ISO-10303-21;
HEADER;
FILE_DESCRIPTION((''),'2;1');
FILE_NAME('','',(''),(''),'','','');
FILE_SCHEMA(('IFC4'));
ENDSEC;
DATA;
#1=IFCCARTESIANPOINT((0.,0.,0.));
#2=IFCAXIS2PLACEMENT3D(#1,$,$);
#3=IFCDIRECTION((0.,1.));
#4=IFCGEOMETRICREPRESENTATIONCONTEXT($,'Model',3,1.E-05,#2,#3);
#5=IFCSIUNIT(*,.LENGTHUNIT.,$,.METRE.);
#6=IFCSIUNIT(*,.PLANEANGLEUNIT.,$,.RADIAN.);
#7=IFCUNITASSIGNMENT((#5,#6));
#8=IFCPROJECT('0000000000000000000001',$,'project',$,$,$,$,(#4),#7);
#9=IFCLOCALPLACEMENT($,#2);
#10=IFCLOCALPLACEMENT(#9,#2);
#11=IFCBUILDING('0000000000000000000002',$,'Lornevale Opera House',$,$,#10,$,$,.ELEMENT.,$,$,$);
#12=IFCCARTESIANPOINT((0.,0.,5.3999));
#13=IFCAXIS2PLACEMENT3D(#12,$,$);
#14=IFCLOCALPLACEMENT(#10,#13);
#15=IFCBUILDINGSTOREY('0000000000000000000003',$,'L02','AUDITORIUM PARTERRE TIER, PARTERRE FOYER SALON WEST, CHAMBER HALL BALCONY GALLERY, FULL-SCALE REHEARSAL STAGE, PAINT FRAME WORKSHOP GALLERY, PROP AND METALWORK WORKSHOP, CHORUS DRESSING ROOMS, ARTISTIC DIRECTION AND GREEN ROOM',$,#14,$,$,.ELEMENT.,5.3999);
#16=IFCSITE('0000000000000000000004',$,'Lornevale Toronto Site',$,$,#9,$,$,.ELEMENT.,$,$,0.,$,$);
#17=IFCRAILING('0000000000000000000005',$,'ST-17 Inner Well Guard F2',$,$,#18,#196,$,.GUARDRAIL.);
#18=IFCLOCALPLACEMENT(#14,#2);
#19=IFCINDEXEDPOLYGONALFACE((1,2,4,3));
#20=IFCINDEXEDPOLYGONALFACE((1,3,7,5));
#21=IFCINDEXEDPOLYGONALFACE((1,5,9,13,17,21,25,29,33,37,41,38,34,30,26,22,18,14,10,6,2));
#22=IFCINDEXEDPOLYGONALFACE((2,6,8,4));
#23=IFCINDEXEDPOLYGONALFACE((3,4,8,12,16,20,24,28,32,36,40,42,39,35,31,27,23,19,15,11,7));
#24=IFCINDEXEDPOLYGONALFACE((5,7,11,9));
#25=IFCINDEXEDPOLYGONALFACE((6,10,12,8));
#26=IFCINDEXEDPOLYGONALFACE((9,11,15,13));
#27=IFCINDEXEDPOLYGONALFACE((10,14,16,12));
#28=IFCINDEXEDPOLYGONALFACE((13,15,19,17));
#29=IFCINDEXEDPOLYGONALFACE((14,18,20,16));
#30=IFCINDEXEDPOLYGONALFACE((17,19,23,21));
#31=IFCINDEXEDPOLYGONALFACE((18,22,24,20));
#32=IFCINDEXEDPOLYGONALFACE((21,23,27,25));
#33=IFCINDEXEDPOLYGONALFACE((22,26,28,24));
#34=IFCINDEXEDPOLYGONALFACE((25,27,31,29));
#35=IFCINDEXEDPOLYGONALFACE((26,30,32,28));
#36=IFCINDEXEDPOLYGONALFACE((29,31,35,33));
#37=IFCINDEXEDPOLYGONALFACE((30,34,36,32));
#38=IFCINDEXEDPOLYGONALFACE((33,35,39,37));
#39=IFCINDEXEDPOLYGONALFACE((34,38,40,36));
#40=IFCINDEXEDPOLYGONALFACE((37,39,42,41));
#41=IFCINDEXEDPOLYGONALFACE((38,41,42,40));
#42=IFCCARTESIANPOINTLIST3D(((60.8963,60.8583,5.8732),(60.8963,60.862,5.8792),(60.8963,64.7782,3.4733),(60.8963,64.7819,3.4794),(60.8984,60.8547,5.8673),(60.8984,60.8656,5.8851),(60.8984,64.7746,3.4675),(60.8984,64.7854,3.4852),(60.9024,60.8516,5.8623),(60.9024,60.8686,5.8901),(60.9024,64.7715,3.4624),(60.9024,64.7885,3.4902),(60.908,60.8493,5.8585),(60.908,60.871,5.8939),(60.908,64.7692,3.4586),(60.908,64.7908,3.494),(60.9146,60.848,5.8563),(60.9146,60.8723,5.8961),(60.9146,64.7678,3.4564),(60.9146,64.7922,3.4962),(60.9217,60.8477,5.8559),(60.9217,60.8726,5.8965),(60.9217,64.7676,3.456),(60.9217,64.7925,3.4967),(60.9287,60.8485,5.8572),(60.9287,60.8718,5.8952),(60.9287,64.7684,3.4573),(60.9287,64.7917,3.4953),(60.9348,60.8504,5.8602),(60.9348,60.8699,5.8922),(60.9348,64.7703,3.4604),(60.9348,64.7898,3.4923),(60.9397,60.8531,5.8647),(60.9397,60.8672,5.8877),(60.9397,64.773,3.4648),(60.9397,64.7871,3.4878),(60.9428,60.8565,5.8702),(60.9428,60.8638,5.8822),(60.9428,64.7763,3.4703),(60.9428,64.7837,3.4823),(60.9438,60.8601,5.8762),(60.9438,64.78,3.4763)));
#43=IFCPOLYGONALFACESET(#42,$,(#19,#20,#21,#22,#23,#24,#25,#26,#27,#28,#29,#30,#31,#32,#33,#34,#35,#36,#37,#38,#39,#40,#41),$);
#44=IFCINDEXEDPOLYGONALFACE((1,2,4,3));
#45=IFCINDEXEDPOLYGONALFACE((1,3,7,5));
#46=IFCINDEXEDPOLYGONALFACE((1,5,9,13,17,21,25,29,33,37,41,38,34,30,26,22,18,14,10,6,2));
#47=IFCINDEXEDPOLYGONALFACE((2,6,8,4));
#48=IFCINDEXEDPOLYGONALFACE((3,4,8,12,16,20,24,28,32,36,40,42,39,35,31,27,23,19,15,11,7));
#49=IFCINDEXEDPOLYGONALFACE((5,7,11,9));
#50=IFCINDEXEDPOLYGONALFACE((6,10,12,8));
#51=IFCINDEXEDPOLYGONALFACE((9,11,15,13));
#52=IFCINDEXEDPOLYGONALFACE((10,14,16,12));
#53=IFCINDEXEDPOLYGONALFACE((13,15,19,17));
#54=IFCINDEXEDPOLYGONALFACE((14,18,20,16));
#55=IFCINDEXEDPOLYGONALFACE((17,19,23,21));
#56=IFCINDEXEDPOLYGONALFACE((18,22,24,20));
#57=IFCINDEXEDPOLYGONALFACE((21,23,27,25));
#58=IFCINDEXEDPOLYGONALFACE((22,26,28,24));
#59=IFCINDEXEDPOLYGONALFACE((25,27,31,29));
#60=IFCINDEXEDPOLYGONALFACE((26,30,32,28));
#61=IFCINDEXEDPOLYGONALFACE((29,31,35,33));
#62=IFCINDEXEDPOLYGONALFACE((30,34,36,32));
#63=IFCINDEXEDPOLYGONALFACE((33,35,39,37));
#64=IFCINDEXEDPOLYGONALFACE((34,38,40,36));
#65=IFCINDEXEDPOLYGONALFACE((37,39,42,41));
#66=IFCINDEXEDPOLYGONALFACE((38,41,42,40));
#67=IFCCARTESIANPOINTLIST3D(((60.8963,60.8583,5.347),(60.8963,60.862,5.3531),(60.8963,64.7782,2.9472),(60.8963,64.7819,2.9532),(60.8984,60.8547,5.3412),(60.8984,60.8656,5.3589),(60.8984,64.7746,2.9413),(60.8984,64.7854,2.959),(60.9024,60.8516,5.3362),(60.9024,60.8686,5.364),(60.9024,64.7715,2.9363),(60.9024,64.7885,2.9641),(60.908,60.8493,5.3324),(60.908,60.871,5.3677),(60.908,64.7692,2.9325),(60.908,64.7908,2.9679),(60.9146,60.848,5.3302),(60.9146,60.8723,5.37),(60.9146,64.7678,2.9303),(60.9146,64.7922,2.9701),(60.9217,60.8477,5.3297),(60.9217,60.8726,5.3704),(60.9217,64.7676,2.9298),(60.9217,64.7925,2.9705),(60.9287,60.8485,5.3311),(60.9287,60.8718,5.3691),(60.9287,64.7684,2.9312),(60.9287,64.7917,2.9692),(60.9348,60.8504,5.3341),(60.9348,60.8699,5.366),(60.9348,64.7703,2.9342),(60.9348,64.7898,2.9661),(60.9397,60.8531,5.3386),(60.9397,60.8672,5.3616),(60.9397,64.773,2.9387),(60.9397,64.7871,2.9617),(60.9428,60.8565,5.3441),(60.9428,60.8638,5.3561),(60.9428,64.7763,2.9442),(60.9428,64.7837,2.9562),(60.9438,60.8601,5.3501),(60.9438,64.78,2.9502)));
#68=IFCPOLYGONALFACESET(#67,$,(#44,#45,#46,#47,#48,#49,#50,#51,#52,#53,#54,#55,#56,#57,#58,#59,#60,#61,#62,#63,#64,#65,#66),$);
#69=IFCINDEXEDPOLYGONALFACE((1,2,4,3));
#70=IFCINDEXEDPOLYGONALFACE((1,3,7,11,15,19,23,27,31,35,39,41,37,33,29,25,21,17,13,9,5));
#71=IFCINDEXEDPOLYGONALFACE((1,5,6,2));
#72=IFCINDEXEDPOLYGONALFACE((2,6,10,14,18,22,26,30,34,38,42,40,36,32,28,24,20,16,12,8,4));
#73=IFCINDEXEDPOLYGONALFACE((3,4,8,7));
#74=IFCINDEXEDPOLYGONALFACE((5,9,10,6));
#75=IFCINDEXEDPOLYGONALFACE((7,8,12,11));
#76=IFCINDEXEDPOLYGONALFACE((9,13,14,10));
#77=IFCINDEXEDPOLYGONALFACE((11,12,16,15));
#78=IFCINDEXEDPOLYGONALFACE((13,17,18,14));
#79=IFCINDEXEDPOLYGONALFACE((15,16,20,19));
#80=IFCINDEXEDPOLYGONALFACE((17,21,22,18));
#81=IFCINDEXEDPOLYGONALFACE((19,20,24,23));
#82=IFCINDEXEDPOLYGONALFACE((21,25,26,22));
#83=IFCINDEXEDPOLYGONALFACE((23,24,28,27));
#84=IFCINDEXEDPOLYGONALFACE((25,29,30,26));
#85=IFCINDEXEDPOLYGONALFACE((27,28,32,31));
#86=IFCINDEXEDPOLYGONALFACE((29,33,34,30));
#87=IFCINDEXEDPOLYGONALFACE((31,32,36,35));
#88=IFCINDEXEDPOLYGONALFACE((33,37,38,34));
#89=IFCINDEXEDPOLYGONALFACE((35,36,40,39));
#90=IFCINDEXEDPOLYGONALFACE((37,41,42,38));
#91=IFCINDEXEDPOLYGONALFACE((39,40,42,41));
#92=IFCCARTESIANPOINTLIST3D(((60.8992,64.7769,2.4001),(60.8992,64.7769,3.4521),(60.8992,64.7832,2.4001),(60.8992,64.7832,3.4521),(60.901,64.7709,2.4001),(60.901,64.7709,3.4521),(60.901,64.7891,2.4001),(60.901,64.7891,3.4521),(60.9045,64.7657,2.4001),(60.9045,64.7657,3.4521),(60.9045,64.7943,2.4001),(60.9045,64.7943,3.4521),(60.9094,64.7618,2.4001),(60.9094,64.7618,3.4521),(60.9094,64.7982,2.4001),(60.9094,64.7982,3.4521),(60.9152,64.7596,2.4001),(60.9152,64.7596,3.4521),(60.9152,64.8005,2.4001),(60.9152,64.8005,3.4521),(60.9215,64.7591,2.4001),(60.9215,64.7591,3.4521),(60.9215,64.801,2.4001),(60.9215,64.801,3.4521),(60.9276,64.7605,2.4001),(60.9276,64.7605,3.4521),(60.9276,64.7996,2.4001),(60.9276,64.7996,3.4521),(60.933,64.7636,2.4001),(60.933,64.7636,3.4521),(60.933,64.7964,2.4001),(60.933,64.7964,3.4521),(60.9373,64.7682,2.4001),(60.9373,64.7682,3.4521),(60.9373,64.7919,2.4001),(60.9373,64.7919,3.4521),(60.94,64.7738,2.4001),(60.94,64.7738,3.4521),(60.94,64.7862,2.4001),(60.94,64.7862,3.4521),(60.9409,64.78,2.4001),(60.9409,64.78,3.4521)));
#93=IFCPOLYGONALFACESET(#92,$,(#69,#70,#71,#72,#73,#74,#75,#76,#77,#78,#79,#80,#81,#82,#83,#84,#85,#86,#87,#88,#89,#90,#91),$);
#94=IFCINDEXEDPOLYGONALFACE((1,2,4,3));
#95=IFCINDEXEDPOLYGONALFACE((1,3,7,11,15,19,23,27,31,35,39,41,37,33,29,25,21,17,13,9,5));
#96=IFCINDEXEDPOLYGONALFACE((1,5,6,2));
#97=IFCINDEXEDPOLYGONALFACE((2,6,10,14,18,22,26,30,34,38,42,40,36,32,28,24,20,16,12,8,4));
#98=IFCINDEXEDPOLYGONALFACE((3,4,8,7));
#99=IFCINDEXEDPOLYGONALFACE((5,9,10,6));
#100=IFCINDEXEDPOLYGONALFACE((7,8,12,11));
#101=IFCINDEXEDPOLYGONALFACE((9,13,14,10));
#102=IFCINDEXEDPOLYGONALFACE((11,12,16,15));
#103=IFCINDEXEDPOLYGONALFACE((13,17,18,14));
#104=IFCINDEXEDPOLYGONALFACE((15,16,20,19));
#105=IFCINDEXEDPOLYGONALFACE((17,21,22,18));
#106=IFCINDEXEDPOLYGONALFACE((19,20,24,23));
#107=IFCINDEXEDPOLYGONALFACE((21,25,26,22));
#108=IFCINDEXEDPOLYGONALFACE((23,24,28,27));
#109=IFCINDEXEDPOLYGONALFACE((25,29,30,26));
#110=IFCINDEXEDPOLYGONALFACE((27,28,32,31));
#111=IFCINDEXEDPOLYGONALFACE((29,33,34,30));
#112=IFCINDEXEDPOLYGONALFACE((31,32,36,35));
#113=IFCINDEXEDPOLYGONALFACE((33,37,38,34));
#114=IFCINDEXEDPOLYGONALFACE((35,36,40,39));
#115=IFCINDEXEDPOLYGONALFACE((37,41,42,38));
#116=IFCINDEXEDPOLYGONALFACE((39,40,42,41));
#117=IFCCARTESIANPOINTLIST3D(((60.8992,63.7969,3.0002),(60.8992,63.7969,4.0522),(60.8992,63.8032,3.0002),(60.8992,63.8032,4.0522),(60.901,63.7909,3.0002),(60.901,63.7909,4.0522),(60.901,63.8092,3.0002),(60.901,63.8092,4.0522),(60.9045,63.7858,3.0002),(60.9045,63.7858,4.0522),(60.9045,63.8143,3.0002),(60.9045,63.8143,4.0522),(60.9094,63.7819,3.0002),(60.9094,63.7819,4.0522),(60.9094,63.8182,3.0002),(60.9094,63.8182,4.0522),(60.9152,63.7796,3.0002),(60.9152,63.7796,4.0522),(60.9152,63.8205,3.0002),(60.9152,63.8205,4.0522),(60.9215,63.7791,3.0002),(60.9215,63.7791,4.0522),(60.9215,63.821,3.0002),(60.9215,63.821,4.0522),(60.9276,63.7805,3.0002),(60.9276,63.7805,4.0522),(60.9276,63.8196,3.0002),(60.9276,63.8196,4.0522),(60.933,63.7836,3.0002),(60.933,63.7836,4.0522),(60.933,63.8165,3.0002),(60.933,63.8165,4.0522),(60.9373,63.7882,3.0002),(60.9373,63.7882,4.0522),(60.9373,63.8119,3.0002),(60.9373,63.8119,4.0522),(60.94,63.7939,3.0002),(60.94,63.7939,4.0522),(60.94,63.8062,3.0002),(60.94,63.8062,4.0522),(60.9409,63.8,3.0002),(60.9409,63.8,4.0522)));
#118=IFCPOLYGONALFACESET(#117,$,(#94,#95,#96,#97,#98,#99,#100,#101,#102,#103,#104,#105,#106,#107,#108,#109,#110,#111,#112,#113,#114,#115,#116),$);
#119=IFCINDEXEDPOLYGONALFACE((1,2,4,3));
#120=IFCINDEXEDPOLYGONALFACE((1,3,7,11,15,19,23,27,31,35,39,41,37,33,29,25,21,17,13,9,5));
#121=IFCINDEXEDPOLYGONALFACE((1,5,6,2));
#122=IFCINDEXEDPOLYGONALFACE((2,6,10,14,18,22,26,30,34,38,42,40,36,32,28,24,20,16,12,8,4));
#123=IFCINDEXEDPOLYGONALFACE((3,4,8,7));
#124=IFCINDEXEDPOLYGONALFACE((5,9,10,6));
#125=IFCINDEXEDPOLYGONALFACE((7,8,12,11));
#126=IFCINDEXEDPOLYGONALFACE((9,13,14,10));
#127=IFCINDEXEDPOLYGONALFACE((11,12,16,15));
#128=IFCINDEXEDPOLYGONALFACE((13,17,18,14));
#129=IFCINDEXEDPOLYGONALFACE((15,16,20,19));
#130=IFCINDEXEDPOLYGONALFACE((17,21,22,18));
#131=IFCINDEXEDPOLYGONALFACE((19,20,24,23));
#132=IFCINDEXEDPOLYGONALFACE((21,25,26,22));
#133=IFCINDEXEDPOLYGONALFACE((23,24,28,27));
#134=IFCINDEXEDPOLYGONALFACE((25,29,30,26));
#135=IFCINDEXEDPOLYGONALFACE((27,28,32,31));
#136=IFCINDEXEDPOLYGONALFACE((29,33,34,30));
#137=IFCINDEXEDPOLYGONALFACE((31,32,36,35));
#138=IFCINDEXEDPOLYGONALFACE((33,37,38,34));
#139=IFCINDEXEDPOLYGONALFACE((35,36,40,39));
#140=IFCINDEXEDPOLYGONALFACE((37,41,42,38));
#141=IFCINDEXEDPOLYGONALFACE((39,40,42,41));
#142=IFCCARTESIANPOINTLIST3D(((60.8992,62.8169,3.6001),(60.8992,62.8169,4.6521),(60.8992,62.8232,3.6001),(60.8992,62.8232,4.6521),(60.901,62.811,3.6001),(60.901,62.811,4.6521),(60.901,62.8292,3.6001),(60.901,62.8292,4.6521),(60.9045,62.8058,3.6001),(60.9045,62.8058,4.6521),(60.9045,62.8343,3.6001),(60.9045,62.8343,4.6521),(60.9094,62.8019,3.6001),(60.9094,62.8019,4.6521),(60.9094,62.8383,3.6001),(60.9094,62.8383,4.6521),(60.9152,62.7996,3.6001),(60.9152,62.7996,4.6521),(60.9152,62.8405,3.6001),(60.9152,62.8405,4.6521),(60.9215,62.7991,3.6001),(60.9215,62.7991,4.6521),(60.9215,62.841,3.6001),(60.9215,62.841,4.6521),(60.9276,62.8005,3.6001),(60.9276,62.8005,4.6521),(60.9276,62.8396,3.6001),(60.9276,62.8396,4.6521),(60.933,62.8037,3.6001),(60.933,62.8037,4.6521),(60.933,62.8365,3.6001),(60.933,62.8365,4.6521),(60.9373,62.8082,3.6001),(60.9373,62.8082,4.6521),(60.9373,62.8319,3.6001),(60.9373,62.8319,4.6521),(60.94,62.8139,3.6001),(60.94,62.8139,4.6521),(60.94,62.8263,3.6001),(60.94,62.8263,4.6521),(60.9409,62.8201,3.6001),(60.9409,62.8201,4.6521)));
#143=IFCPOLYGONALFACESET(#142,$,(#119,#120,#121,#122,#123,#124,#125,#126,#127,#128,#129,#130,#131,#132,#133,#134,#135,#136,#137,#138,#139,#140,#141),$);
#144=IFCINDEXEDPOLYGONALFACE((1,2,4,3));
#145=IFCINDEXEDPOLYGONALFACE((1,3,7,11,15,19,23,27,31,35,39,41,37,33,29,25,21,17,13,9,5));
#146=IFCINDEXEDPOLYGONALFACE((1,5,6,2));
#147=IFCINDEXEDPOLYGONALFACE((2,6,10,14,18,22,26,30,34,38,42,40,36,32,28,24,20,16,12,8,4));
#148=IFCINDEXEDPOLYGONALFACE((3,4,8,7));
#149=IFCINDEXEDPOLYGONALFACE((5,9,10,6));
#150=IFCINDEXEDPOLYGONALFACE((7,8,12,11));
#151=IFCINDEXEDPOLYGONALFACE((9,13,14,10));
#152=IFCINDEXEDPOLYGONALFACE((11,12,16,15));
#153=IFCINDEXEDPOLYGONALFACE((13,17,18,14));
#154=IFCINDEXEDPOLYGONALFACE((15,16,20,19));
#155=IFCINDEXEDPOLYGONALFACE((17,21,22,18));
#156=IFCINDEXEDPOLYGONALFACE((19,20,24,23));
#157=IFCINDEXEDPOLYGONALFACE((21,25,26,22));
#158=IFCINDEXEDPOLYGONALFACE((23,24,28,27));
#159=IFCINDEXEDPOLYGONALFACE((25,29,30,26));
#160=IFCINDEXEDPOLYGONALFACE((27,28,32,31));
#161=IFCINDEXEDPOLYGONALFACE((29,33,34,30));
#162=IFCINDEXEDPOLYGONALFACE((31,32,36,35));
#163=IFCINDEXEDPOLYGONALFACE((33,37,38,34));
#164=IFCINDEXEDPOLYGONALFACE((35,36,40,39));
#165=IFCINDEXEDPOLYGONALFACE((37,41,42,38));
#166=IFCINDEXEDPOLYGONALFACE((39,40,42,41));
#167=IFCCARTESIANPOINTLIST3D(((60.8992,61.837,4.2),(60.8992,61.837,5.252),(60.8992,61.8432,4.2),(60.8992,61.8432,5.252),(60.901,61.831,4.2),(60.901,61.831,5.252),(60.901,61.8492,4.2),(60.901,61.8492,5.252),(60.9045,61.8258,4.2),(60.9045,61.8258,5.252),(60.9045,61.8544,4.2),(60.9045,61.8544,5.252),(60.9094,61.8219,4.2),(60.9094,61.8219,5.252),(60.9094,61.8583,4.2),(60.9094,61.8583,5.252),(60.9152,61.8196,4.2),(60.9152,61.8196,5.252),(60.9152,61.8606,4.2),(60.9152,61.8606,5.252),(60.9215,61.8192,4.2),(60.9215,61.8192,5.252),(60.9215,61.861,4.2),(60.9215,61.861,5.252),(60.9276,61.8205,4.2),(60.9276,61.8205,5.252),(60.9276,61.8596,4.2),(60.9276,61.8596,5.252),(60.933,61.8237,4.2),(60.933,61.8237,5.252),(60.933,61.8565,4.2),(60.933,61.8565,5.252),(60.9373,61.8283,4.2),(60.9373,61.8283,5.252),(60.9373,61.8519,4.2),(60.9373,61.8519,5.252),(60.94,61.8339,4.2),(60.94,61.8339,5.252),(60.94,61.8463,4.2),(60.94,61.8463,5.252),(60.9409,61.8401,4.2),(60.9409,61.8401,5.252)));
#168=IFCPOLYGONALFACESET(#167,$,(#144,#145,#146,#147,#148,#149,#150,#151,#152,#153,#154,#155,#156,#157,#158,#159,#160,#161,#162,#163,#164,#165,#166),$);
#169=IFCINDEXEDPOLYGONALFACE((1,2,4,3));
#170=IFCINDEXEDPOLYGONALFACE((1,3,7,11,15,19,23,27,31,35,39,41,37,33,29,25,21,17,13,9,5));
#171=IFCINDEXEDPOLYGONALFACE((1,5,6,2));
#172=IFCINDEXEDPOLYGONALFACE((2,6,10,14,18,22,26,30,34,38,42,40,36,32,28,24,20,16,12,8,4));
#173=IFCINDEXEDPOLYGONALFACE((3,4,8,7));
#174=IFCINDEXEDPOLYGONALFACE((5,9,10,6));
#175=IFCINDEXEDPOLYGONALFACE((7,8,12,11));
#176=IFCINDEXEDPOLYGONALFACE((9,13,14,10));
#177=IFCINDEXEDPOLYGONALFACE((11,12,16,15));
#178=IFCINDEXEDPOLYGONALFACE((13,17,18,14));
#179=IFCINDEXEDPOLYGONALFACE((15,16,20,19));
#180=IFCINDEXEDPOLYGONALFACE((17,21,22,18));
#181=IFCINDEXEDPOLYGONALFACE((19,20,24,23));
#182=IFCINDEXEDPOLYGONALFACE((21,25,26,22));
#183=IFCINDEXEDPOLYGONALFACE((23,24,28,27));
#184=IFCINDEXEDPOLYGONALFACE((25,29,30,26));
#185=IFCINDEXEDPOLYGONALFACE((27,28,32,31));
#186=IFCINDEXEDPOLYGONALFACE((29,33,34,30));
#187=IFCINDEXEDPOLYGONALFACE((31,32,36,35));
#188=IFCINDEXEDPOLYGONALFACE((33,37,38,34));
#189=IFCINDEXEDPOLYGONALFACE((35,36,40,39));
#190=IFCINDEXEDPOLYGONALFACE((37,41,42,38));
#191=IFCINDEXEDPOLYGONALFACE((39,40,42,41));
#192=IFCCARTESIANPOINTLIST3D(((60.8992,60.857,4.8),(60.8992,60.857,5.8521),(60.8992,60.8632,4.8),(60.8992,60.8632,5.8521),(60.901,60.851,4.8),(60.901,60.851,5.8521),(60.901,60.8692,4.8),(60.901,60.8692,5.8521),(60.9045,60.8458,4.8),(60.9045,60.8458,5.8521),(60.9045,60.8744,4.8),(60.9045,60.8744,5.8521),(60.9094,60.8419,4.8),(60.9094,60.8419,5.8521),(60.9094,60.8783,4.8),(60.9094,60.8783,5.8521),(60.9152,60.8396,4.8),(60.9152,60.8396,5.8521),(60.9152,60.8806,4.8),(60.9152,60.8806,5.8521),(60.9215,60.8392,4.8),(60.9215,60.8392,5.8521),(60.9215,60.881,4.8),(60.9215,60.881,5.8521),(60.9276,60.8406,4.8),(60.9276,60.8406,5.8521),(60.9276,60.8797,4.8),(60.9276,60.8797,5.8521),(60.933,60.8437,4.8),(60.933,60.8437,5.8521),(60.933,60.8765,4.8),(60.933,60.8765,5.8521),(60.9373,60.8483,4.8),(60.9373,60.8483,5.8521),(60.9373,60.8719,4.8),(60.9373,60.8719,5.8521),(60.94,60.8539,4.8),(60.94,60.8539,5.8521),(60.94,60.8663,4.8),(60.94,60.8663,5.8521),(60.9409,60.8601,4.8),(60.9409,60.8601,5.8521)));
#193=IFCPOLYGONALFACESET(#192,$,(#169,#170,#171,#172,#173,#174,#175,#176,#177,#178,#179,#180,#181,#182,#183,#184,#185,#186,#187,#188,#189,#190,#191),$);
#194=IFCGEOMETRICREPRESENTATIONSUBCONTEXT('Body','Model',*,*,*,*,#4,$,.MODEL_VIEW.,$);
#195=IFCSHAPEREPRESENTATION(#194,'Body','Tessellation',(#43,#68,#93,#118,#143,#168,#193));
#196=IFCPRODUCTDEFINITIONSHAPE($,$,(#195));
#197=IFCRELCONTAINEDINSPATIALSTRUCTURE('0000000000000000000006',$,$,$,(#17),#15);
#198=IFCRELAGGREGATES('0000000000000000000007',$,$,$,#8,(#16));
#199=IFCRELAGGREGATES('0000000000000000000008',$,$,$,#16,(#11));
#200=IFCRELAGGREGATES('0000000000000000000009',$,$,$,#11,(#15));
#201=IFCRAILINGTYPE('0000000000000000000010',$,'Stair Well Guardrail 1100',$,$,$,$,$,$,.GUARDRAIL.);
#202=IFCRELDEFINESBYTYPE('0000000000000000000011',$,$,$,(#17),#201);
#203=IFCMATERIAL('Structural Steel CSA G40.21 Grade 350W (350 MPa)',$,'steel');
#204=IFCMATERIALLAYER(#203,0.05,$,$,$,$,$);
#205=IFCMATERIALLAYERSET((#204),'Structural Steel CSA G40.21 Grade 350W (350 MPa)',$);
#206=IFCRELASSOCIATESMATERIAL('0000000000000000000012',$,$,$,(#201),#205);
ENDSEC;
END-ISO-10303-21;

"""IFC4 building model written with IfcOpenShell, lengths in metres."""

from ifc_helpers import new_model, si_unit, direction, frame, origin, origin_2d, place, context, subcontext, project, spatial, circle, extrude, material, layer, layer_set, type_object, element, save


model = new_model("IFC4")

# Units and contexts
model_context = context("Model", 3, precision=1e-05, world=origin(), true_north=direction((0.0, 1.0)))
body_context = subcontext(model_context, "Body", "Model", "MODEL_VIEW")
ifc_project = project(units=[si_unit("LENGTHUNIT", "METRE"), si_unit("PLANEANGLEUNIT", "RADIAN")], contexts=[model_context])

# Site, building, storey
site_placement = place(None, origin())
site = spatial("IfcSite", under=ifc_project, at=site_placement, Name="Lornevale Toronto Site", CompositionType="ELEMENT", RefElevation=0.0)
building_placement = place(site_placement, origin())
building = spatial("IfcBuilding", under=site, at=building_placement, Name="Lornevale Opera House", CompositionType="ELEMENT")
storey_placement = place(building_placement, frame((0.0, 0.0, 5.3999)))
storey = spatial("IfcBuildingStorey", under=building, at=storey_placement, Name="L02", Description="AUDITORIUM PARTERRE TIER, PARTERRE FOYER SALON WEST, CHAMBER HALL BALCONY GALLERY, FULL-SCALE REHEARSAL STAGE, PAINT FRAME WORKSHOP GALLERY, PROP AND METALWORK WORKSHOP, CHORUS DRESSING ROOMS, ARTISTIC DIRECTION AND GREEN ROOM", CompositionType="ELEMENT", Elevation=5.3999)

# Shared definitions
ifc_material_1 = material(Name="Structural Steel CSA G40.21 Grade 350W (350 MPa)", Category="steel")

# Railing
ifc_layer_1 = layer(ifc_material_1, 0.05)
ifc_layer_set_1 = layer_set([ifc_layer_1], Name="Structural Steel CSA G40.21 Grade 350W (350 MPa)")
railing_type_1 = type_object("IfcRailingType", Name="Stair Well Guardrail 1100", PredefinedType="GUARDRAIL", material=ifc_layer_set_1)
railing_1_placement = place(storey_placement, frame((60.9199, 64.78, 2.4001)))
element("IfcRailing", 1, at=railing_1_placement, inside=storey, type_object=railing_type_1, Name="ST-17 Inner Well Guard F2", PredefinedType="GUARDRAIL", context=body_context, shape_type="SweptSolid", body=[
    extrude(circle(Radius=0.0239, at=origin_2d()), frame((0.0, 0.0, 1.0762), z_axis=(0.0, -0.852856, 0.522146), x_axis=(1.0, 0.0, 0.0)), (0.0, 0.0, 1.0), 4.5962),
    extrude(circle(Radius=0.0239, at=origin_2d()), frame((0.0, 0.0, 0.55), z_axis=(0.0, -0.852856, 0.522146), x_axis=(1.0, 0.0, 0.0)), (0.0, 0.0, 1.0), 4.5962),
    extrude(circle(Radius=0.021, at=origin_2d()), origin(), (0.0, 0.0, 1.0), 1.052),
    extrude(circle(Radius=0.021, at=origin_2d()), frame((0.0, -0.98, 0.6001)), (0.0, 0.0, 1.0), 1.052),
    extrude(circle(Radius=0.021, at=origin_2d()), frame((0.0, -1.96, 1.2)), (0.0, 0.0, 1.0), 1.052),
    extrude(circle(Radius=0.021, at=origin_2d()), frame((0.0, -2.9399, 1.7998)), (0.0, 0.0, 1.0), 1.052),
    extrude(circle(Radius=0.021, at=origin_2d()), frame((0.0, -3.9199, 2.3999)), (0.0, 0.0, 1.0), 1.052),
])

save(model, "model.ifc")
